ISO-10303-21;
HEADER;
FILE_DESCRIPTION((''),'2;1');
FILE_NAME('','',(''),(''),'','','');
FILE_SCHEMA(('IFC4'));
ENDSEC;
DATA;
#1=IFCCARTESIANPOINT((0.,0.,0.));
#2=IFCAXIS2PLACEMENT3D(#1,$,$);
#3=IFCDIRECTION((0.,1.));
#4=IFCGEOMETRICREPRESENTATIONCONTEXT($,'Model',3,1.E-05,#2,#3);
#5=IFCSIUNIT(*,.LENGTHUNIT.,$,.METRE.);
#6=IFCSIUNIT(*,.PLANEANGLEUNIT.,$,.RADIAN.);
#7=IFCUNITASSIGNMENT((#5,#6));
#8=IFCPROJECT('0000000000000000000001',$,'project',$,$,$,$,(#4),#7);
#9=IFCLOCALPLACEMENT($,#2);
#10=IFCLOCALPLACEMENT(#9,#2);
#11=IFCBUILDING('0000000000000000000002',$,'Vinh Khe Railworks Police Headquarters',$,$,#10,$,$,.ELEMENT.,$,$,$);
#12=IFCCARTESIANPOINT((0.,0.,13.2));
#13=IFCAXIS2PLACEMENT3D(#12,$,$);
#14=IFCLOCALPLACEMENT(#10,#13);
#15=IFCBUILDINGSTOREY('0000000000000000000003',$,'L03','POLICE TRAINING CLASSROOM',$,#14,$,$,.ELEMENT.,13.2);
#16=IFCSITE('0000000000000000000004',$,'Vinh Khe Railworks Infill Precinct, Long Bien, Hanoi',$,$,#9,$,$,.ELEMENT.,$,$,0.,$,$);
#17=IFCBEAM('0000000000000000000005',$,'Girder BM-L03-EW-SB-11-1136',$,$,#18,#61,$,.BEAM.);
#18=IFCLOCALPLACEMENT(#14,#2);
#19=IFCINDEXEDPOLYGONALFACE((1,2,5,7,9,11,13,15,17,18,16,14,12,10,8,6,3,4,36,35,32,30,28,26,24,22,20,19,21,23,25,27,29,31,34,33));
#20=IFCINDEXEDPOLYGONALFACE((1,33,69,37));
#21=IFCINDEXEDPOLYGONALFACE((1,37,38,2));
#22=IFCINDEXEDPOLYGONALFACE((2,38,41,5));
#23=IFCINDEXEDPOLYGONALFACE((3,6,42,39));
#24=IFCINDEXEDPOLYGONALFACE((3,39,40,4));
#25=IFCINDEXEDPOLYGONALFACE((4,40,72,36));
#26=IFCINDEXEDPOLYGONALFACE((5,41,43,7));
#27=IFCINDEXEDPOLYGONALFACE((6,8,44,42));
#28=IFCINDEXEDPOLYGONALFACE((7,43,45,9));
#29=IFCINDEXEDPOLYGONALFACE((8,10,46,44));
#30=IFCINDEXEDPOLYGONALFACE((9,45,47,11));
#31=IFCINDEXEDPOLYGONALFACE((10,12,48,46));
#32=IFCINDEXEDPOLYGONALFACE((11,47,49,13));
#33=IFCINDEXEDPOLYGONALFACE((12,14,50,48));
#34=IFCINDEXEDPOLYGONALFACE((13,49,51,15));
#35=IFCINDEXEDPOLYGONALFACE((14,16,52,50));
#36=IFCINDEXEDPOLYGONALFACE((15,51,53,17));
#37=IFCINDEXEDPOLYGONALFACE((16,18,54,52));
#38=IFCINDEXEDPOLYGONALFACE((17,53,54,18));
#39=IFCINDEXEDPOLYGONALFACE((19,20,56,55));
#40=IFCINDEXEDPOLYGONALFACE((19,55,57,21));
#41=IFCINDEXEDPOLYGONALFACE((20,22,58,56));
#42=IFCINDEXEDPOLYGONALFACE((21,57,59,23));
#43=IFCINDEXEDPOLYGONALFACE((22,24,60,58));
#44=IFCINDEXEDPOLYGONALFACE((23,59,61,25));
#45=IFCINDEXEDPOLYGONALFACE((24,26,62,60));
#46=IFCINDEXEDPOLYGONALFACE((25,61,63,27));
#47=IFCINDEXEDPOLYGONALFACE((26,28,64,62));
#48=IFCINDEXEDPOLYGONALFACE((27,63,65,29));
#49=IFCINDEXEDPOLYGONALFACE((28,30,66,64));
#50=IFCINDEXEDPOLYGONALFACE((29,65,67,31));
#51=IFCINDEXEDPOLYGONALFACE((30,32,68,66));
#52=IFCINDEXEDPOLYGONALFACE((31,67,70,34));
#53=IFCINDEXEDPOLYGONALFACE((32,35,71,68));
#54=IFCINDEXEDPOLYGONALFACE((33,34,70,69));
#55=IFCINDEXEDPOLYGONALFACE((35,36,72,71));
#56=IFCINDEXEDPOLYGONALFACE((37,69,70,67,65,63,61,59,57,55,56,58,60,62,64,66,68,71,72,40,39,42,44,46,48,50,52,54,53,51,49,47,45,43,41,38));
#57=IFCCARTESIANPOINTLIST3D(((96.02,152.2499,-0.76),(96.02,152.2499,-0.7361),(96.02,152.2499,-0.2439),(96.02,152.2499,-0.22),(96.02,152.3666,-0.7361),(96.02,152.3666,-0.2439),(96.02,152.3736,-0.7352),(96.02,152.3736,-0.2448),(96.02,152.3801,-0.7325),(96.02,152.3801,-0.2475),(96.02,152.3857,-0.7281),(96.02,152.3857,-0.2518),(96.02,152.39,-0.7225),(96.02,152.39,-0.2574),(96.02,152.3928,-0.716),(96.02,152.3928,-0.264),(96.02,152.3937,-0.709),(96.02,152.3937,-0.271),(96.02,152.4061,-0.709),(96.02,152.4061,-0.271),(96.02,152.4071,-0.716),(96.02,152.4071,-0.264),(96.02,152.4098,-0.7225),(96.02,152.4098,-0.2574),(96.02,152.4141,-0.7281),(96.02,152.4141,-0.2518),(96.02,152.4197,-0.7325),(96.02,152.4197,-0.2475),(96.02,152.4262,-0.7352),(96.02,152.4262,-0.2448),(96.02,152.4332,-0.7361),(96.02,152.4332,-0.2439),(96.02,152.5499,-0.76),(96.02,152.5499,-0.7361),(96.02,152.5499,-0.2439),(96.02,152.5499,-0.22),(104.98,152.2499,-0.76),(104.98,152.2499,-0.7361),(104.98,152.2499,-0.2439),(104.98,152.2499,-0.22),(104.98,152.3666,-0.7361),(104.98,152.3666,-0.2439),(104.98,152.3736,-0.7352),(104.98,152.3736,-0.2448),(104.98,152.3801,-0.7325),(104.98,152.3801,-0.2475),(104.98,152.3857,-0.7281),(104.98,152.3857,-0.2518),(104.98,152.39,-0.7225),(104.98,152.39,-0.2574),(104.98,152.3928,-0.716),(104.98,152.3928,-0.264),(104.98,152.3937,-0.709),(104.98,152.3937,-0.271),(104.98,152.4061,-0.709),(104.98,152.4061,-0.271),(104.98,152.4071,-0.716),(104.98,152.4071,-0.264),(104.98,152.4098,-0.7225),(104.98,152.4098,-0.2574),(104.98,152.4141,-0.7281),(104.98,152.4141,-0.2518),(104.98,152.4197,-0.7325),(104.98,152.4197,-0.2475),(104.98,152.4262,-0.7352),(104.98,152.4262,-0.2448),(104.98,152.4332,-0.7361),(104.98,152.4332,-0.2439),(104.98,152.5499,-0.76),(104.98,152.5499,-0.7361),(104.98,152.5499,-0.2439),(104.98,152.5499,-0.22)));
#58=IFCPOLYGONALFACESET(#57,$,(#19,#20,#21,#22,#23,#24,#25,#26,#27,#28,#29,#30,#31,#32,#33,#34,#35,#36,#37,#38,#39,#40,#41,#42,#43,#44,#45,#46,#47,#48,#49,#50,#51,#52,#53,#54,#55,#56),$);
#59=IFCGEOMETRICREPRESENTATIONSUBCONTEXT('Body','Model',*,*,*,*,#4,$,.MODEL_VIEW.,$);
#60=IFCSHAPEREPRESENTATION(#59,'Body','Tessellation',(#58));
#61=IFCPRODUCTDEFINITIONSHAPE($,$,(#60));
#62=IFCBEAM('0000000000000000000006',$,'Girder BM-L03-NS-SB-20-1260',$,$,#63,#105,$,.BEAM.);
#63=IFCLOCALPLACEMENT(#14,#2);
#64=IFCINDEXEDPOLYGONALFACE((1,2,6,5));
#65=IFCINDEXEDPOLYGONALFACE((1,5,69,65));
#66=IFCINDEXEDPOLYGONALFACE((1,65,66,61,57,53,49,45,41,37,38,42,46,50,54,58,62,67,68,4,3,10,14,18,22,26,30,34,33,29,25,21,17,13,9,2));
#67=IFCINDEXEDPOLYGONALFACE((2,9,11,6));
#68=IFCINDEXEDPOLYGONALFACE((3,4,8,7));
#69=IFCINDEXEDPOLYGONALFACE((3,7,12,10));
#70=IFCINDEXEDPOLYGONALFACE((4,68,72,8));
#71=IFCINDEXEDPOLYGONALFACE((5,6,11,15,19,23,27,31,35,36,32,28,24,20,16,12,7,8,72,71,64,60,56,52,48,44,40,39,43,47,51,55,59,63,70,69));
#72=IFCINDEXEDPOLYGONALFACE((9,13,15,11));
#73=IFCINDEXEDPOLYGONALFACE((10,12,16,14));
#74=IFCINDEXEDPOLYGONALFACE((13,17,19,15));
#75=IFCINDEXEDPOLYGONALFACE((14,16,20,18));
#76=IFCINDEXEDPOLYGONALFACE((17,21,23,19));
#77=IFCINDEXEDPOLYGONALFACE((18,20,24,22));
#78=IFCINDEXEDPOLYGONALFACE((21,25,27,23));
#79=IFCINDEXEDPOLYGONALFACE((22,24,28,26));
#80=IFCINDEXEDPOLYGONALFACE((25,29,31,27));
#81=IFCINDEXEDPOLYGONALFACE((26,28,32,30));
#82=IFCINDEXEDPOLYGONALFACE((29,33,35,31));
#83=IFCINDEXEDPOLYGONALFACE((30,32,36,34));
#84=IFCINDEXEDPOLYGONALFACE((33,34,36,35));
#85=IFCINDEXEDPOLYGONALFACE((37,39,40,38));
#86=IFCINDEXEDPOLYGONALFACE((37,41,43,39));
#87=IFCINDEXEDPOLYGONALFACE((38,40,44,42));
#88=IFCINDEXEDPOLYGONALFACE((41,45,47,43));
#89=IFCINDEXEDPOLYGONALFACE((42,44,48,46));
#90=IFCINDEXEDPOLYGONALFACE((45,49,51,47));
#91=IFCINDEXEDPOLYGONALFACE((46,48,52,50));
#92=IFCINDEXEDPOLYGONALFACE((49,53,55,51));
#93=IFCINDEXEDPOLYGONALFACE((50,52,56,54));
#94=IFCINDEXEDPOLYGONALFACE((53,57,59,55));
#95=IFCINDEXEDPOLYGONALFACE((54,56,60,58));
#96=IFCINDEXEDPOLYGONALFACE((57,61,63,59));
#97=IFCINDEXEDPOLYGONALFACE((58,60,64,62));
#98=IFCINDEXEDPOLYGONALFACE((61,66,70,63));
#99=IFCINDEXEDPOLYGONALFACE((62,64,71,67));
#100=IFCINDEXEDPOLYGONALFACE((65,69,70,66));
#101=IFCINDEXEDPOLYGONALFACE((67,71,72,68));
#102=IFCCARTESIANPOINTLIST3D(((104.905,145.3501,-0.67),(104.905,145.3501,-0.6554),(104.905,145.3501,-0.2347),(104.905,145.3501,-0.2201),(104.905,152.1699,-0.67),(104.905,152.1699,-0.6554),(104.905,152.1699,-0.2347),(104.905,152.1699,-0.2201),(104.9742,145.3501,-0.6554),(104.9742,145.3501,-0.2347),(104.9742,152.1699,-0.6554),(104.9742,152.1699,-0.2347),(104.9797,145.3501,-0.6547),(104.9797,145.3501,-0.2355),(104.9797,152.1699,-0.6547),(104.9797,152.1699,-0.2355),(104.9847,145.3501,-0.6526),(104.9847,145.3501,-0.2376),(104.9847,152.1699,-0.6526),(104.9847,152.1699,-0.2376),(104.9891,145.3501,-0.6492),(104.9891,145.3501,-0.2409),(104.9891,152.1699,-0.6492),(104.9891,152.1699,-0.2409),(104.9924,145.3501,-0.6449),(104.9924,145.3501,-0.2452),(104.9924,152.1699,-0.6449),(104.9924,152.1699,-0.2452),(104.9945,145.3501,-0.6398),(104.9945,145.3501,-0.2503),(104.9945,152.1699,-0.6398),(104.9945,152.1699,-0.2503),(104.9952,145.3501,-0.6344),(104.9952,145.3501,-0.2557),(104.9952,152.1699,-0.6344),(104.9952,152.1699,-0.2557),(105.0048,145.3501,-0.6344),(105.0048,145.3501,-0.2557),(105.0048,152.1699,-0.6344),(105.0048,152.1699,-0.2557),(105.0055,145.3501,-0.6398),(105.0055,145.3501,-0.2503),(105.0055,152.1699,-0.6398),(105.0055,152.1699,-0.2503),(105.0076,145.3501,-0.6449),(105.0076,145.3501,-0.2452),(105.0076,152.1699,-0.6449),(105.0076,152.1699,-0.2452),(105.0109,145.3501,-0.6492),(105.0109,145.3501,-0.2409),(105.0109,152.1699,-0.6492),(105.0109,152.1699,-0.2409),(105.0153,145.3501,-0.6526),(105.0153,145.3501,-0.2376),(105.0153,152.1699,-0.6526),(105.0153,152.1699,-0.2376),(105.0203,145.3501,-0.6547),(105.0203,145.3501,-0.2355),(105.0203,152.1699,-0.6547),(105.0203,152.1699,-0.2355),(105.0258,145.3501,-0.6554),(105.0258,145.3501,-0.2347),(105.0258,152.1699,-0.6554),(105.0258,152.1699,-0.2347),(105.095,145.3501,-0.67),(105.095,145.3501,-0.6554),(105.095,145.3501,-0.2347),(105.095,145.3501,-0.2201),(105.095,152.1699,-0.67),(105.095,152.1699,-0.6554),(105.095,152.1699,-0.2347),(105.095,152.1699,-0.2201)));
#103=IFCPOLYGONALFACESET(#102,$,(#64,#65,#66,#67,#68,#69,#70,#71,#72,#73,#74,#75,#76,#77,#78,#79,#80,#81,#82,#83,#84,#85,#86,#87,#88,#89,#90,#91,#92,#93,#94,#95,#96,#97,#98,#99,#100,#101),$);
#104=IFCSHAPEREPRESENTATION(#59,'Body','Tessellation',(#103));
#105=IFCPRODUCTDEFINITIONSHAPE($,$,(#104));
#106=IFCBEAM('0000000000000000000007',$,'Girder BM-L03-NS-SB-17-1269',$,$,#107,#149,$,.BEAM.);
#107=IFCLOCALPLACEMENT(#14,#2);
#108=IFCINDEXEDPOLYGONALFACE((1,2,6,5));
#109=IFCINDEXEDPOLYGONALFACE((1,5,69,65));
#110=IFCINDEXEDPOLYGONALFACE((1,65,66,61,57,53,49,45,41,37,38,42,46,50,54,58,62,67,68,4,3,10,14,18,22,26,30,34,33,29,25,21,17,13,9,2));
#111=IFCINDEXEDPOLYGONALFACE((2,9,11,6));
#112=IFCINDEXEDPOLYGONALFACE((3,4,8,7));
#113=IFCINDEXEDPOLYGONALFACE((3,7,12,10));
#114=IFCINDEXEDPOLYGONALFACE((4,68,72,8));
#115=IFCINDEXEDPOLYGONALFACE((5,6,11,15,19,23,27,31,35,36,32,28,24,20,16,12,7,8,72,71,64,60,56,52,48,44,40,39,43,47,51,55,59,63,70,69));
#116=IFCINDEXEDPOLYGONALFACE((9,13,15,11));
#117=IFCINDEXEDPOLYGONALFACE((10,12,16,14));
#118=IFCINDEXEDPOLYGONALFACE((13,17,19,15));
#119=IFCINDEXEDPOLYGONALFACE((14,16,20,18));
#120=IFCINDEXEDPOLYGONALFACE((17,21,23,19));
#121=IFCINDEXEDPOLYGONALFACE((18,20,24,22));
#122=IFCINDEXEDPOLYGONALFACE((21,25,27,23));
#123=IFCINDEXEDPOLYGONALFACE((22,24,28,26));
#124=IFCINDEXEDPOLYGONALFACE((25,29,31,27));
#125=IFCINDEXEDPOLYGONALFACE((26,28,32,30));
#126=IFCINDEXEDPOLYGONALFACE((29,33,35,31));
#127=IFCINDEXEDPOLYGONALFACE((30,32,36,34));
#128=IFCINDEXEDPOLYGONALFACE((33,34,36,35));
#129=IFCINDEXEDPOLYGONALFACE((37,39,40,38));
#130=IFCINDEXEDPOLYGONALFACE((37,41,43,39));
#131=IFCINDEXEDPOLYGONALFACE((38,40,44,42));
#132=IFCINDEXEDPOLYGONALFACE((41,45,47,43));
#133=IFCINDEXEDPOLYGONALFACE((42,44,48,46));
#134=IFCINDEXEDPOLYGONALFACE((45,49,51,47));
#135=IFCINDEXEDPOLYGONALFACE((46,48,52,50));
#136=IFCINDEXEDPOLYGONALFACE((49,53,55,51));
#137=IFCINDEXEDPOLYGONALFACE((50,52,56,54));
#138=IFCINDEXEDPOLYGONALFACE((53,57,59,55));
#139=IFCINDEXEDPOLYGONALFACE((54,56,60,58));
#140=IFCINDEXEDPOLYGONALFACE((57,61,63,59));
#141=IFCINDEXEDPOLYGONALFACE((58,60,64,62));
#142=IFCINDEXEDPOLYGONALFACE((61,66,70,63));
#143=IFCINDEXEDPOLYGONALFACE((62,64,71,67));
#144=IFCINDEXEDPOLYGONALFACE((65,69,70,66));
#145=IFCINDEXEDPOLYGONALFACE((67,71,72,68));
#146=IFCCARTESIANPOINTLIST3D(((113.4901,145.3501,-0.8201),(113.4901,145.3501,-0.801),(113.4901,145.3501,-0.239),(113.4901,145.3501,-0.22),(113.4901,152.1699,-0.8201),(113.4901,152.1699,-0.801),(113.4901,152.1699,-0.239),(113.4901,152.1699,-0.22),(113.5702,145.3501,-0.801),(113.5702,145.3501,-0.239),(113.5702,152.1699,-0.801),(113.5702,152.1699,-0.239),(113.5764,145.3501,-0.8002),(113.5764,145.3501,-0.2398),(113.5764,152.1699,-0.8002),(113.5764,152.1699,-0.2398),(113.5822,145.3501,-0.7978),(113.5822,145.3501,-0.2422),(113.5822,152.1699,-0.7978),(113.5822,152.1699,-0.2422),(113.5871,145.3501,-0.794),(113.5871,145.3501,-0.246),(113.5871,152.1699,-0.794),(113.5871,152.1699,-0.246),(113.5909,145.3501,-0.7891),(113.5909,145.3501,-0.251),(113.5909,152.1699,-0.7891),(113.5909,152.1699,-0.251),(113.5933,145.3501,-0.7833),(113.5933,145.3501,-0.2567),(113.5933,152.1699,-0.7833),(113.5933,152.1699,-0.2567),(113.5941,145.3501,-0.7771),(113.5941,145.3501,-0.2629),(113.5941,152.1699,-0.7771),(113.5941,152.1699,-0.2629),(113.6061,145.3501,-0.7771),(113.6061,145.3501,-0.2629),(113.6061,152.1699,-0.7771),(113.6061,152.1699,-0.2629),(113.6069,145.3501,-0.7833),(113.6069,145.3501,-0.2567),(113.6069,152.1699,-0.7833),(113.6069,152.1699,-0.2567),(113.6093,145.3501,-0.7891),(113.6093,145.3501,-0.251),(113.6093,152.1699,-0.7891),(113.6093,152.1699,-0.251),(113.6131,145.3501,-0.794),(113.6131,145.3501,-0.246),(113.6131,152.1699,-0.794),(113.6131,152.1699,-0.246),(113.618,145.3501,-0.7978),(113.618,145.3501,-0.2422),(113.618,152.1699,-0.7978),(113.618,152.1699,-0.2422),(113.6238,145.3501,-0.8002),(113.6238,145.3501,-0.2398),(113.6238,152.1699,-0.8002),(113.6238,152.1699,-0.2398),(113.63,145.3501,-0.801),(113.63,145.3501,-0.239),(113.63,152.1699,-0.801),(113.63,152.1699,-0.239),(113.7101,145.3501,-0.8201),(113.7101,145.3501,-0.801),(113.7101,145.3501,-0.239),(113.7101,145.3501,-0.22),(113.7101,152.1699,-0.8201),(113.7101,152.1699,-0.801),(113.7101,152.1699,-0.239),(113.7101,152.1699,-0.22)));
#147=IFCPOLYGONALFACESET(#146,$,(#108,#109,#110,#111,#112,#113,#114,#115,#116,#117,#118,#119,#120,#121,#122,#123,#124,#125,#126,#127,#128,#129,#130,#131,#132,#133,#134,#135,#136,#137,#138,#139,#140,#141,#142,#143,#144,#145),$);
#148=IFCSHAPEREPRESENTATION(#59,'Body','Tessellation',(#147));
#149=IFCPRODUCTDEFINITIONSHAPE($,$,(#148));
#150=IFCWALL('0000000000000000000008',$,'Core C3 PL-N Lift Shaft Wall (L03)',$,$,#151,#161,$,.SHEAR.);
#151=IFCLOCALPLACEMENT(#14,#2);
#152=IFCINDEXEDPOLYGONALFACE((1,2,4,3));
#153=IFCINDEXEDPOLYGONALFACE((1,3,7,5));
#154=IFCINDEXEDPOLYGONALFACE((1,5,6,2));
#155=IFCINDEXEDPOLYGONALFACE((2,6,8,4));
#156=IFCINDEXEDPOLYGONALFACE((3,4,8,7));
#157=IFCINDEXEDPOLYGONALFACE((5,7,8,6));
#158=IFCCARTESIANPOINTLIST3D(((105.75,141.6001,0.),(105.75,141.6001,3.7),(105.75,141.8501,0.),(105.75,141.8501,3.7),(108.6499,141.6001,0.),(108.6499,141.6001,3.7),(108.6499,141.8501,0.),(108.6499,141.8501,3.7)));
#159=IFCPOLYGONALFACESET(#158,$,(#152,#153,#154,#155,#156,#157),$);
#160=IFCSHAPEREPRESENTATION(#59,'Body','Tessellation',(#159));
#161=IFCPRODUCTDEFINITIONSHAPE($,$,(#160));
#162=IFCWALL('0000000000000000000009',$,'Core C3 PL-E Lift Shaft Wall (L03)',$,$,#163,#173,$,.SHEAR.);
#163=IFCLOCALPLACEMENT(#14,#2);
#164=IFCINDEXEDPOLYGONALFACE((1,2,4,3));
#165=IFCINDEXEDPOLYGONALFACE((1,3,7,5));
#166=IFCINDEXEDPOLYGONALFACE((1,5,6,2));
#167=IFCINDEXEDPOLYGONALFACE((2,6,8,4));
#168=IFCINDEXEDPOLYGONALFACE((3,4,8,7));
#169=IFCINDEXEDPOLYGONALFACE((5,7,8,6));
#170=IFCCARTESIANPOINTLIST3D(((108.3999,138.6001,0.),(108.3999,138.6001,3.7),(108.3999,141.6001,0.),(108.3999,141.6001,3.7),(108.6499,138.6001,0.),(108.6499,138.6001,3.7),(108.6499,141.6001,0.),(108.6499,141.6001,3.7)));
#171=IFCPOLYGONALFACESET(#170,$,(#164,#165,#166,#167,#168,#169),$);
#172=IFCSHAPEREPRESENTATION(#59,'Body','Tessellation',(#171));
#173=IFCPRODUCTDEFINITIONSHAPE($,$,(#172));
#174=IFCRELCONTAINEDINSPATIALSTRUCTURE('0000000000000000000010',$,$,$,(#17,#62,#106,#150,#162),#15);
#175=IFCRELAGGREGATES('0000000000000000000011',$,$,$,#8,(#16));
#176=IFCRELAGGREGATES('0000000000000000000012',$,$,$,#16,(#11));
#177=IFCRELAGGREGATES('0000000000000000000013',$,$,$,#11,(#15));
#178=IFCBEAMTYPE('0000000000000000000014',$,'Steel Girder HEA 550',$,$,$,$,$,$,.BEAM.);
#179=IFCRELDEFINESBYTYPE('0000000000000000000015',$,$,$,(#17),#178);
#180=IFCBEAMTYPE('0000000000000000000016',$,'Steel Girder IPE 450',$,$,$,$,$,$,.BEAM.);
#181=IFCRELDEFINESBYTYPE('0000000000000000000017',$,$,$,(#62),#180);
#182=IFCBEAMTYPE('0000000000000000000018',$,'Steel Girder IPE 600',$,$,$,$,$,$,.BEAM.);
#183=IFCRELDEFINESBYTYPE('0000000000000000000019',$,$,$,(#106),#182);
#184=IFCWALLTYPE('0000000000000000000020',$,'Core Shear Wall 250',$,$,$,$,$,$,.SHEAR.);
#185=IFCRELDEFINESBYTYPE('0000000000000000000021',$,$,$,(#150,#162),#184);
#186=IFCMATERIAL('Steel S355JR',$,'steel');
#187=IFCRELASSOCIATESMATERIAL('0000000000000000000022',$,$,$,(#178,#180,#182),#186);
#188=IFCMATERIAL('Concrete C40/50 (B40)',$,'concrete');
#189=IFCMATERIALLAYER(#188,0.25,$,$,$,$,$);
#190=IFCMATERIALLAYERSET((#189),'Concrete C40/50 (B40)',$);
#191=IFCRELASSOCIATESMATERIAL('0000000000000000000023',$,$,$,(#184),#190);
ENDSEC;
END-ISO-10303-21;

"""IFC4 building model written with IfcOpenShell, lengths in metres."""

from ifc_helpers import new_model, si_unit, direction, frame, frame_2d, origin, origin_2d, place, context, subcontext, project, spatial, rectangle, i_section, extrude, material, layer, layer_set, material_profile, profile_set, type_object, element, save


model = new_model("IFC4")

# Units and contexts
model_context = context("Model", 3, precision=1e-05, world=origin(), true_north=direction((0.0, 1.0)))
body_context = subcontext(model_context, "Body", "Model", "MODEL_VIEW")
ifc_project = project(units=[si_unit("LENGTHUNIT", "METRE"), si_unit("PLANEANGLEUNIT", "RADIAN")], contexts=[model_context])

# Site, building, storey
site_placement = place(None, origin())
site = spatial("IfcSite", under=ifc_project, at=site_placement, Name="Vinh Khe Railworks Infill Precinct, Long Bien, Hanoi", CompositionType="ELEMENT", RefElevation=0.0)
building_placement = place(site_placement, origin())
building = spatial("IfcBuilding", under=site, at=building_placement, Name="Vinh Khe Railworks Police Headquarters", CompositionType="ELEMENT")
storey_placement = place(building_placement, frame((0.0, 0.0, 13.2)))
storey = spatial("IfcBuildingStorey", under=building, at=storey_placement, Name="L03", Description="POLICE TRAINING CLASSROOM", CompositionType="ELEMENT", Elevation=13.2)

# Shared definitions
ifc_material_1 = material(Name="Steel S355JR", Category="steel")

# Beams
ifc_material_profile_1 = material_profile(ifc_material_1, i_section(OverallWidth=0.3, OverallDepth=0.54, WebThickness=0.0125, FlangeThickness=0.0239, FilletRadius=0.0271, at=origin_2d()), Name="HEA 550")
ifc_profile_set_1 = profile_set([ifc_material_profile_1], Name="Steel S355JR")
beam_type_1 = type_object("IfcBeamType", Name="Steel Girder HEA 550", PredefinedType="BEAM", material=ifc_profile_set_1)
beam_1_placement = place(storey_placement, frame((96.02, 152.3999, -0.49), z_axis=(1.0, 0.0, 0.0), x_axis=(0.0, 1.0, 0.0)))
element("IfcBeam", 1, at=beam_1_placement, inside=storey, type_object=beam_type_1, Name="Girder BM-L03-EW-SB-11-1136", PredefinedType="BEAM", context=body_context, shape_type="SweptSolid", body=[
    extrude(i_section(OverallWidth=0.3, OverallDepth=0.54, WebThickness=0.0125, FlangeThickness=0.0239, FilletRadius=0.0271, at=origin_2d()), origin(), (0.0, 0.0, 1.0), 8.96),
])
ifc_material_profile_2 = material_profile(ifc_material_1, i_section(OverallWidth=0.1899, OverallDepth=0.45, WebThickness=0.0095, FlangeThickness=0.0146, FilletRadius=0.021, at=origin_2d()), Name="IPE 450")
ifc_profile_set_2 = profile_set([ifc_material_profile_2], Name="Steel S355JR")
beam_type_2 = type_object("IfcBeamType", Name="Steel Girder IPE 450", PredefinedType="BEAM", material=ifc_profile_set_2)
beam_2_placement = place(storey_placement, frame((105.0, 145.3501, -0.4451), z_axis=(0.0, 1.0, 0.0), x_axis=(-1.0, 0.0, 0.0)))
element("IfcBeam", 2, at=beam_2_placement, inside=storey, type_object=beam_type_2, Name="Girder BM-L03-NS-SB-20-1260", PredefinedType="BEAM", context=body_context, shape_type="SweptSolid", body=[
    extrude(i_section(OverallWidth=0.1899, OverallDepth=0.45, WebThickness=0.0095, FlangeThickness=0.0146, FilletRadius=0.021, at=origin_2d()), origin(), (0.0, 0.0, 1.0), 6.8198),
])
ifc_material_profile_3 = material_profile(ifc_material_1, i_section(OverallWidth=0.22, OverallDepth=0.6001, WebThickness=0.012, FlangeThickness=0.019, FilletRadius=0.0239, at=origin_2d()), Name="IPE 600")
ifc_profile_set_3 = profile_set([ifc_material_profile_3], Name="Steel S355JR")
beam_type_3 = type_object("IfcBeamType", Name="Steel Girder IPE 600", PredefinedType="BEAM", material=ifc_profile_set_3)
beam_3_placement = place(storey_placement, frame((113.6001, 145.3501, -0.52), z_axis=(0.0, 1.0, 0.0), x_axis=(-1.0, 0.0, 0.0)))
element("IfcBeam", 3, at=beam_3_placement, inside=storey, type_object=beam_type_3, Name="Girder BM-L03-NS-SB-17-1269", PredefinedType="BEAM", context=body_context, shape_type="SweptSolid", body=[
    extrude(i_section(OverallWidth=0.22, OverallDepth=0.6001, WebThickness=0.012, FlangeThickness=0.019, FilletRadius=0.0239, at=origin_2d()), origin(), (0.0, 0.0, 1.0), 6.8198),
])

# Wall
ifc_material_2 = material(Name="Concrete C40/50 (B40)", Category="concrete")
ifc_layer_1 = layer(ifc_material_2, 0.25)
ifc_layer_set_1 = layer_set([ifc_layer_1], Name="Concrete C40/50 (B40)")
wall_type_1 = type_object("IfcWallType", Name="Core Shear Wall 250", PredefinedType="SHEAR", material=ifc_layer_set_1)
wall_1_placement = place(storey_placement, frame((105.75, 141.7251, 0.0), z_axis=(0.0, 0.0, 1.0), x_axis=(1.0, 0.0, 0.0)))
element("IfcWall", 4, at=wall_1_placement, inside=storey, type_object=wall_type_1, Name="Core C3 PL-N Lift Shaft Wall (L03)", PredefinedType="SHEAR", context=body_context, shape_type="SweptSolid", body=[
    extrude(rectangle(XDim=2.8999, YDim=0.25, at=frame_2d((1.45, 0.0))), origin(), (0.0, 0.0, 1.0), 3.7),
])

# Wall
wall_2_placement = place(storey_placement, frame((108.5249, 138.6001, 0.0), z_axis=(0.0, 0.0, 1.0), x_axis=(0.0, 1.0, 0.0)))
element("IfcWall", 5, at=wall_2_placement, inside=storey, type_object=wall_type_1, Name="Core C3 PL-E Lift Shaft Wall (L03)", PredefinedType="SHEAR", context=body_context, shape_type="SweptSolid", body=[
    extrude(rectangle(XDim=3.0, YDim=0.25, at=frame_2d((1.5, 0.0))), origin(), (0.0, 0.0, 1.0), 3.7),
])

save(model, "model.ifc")
